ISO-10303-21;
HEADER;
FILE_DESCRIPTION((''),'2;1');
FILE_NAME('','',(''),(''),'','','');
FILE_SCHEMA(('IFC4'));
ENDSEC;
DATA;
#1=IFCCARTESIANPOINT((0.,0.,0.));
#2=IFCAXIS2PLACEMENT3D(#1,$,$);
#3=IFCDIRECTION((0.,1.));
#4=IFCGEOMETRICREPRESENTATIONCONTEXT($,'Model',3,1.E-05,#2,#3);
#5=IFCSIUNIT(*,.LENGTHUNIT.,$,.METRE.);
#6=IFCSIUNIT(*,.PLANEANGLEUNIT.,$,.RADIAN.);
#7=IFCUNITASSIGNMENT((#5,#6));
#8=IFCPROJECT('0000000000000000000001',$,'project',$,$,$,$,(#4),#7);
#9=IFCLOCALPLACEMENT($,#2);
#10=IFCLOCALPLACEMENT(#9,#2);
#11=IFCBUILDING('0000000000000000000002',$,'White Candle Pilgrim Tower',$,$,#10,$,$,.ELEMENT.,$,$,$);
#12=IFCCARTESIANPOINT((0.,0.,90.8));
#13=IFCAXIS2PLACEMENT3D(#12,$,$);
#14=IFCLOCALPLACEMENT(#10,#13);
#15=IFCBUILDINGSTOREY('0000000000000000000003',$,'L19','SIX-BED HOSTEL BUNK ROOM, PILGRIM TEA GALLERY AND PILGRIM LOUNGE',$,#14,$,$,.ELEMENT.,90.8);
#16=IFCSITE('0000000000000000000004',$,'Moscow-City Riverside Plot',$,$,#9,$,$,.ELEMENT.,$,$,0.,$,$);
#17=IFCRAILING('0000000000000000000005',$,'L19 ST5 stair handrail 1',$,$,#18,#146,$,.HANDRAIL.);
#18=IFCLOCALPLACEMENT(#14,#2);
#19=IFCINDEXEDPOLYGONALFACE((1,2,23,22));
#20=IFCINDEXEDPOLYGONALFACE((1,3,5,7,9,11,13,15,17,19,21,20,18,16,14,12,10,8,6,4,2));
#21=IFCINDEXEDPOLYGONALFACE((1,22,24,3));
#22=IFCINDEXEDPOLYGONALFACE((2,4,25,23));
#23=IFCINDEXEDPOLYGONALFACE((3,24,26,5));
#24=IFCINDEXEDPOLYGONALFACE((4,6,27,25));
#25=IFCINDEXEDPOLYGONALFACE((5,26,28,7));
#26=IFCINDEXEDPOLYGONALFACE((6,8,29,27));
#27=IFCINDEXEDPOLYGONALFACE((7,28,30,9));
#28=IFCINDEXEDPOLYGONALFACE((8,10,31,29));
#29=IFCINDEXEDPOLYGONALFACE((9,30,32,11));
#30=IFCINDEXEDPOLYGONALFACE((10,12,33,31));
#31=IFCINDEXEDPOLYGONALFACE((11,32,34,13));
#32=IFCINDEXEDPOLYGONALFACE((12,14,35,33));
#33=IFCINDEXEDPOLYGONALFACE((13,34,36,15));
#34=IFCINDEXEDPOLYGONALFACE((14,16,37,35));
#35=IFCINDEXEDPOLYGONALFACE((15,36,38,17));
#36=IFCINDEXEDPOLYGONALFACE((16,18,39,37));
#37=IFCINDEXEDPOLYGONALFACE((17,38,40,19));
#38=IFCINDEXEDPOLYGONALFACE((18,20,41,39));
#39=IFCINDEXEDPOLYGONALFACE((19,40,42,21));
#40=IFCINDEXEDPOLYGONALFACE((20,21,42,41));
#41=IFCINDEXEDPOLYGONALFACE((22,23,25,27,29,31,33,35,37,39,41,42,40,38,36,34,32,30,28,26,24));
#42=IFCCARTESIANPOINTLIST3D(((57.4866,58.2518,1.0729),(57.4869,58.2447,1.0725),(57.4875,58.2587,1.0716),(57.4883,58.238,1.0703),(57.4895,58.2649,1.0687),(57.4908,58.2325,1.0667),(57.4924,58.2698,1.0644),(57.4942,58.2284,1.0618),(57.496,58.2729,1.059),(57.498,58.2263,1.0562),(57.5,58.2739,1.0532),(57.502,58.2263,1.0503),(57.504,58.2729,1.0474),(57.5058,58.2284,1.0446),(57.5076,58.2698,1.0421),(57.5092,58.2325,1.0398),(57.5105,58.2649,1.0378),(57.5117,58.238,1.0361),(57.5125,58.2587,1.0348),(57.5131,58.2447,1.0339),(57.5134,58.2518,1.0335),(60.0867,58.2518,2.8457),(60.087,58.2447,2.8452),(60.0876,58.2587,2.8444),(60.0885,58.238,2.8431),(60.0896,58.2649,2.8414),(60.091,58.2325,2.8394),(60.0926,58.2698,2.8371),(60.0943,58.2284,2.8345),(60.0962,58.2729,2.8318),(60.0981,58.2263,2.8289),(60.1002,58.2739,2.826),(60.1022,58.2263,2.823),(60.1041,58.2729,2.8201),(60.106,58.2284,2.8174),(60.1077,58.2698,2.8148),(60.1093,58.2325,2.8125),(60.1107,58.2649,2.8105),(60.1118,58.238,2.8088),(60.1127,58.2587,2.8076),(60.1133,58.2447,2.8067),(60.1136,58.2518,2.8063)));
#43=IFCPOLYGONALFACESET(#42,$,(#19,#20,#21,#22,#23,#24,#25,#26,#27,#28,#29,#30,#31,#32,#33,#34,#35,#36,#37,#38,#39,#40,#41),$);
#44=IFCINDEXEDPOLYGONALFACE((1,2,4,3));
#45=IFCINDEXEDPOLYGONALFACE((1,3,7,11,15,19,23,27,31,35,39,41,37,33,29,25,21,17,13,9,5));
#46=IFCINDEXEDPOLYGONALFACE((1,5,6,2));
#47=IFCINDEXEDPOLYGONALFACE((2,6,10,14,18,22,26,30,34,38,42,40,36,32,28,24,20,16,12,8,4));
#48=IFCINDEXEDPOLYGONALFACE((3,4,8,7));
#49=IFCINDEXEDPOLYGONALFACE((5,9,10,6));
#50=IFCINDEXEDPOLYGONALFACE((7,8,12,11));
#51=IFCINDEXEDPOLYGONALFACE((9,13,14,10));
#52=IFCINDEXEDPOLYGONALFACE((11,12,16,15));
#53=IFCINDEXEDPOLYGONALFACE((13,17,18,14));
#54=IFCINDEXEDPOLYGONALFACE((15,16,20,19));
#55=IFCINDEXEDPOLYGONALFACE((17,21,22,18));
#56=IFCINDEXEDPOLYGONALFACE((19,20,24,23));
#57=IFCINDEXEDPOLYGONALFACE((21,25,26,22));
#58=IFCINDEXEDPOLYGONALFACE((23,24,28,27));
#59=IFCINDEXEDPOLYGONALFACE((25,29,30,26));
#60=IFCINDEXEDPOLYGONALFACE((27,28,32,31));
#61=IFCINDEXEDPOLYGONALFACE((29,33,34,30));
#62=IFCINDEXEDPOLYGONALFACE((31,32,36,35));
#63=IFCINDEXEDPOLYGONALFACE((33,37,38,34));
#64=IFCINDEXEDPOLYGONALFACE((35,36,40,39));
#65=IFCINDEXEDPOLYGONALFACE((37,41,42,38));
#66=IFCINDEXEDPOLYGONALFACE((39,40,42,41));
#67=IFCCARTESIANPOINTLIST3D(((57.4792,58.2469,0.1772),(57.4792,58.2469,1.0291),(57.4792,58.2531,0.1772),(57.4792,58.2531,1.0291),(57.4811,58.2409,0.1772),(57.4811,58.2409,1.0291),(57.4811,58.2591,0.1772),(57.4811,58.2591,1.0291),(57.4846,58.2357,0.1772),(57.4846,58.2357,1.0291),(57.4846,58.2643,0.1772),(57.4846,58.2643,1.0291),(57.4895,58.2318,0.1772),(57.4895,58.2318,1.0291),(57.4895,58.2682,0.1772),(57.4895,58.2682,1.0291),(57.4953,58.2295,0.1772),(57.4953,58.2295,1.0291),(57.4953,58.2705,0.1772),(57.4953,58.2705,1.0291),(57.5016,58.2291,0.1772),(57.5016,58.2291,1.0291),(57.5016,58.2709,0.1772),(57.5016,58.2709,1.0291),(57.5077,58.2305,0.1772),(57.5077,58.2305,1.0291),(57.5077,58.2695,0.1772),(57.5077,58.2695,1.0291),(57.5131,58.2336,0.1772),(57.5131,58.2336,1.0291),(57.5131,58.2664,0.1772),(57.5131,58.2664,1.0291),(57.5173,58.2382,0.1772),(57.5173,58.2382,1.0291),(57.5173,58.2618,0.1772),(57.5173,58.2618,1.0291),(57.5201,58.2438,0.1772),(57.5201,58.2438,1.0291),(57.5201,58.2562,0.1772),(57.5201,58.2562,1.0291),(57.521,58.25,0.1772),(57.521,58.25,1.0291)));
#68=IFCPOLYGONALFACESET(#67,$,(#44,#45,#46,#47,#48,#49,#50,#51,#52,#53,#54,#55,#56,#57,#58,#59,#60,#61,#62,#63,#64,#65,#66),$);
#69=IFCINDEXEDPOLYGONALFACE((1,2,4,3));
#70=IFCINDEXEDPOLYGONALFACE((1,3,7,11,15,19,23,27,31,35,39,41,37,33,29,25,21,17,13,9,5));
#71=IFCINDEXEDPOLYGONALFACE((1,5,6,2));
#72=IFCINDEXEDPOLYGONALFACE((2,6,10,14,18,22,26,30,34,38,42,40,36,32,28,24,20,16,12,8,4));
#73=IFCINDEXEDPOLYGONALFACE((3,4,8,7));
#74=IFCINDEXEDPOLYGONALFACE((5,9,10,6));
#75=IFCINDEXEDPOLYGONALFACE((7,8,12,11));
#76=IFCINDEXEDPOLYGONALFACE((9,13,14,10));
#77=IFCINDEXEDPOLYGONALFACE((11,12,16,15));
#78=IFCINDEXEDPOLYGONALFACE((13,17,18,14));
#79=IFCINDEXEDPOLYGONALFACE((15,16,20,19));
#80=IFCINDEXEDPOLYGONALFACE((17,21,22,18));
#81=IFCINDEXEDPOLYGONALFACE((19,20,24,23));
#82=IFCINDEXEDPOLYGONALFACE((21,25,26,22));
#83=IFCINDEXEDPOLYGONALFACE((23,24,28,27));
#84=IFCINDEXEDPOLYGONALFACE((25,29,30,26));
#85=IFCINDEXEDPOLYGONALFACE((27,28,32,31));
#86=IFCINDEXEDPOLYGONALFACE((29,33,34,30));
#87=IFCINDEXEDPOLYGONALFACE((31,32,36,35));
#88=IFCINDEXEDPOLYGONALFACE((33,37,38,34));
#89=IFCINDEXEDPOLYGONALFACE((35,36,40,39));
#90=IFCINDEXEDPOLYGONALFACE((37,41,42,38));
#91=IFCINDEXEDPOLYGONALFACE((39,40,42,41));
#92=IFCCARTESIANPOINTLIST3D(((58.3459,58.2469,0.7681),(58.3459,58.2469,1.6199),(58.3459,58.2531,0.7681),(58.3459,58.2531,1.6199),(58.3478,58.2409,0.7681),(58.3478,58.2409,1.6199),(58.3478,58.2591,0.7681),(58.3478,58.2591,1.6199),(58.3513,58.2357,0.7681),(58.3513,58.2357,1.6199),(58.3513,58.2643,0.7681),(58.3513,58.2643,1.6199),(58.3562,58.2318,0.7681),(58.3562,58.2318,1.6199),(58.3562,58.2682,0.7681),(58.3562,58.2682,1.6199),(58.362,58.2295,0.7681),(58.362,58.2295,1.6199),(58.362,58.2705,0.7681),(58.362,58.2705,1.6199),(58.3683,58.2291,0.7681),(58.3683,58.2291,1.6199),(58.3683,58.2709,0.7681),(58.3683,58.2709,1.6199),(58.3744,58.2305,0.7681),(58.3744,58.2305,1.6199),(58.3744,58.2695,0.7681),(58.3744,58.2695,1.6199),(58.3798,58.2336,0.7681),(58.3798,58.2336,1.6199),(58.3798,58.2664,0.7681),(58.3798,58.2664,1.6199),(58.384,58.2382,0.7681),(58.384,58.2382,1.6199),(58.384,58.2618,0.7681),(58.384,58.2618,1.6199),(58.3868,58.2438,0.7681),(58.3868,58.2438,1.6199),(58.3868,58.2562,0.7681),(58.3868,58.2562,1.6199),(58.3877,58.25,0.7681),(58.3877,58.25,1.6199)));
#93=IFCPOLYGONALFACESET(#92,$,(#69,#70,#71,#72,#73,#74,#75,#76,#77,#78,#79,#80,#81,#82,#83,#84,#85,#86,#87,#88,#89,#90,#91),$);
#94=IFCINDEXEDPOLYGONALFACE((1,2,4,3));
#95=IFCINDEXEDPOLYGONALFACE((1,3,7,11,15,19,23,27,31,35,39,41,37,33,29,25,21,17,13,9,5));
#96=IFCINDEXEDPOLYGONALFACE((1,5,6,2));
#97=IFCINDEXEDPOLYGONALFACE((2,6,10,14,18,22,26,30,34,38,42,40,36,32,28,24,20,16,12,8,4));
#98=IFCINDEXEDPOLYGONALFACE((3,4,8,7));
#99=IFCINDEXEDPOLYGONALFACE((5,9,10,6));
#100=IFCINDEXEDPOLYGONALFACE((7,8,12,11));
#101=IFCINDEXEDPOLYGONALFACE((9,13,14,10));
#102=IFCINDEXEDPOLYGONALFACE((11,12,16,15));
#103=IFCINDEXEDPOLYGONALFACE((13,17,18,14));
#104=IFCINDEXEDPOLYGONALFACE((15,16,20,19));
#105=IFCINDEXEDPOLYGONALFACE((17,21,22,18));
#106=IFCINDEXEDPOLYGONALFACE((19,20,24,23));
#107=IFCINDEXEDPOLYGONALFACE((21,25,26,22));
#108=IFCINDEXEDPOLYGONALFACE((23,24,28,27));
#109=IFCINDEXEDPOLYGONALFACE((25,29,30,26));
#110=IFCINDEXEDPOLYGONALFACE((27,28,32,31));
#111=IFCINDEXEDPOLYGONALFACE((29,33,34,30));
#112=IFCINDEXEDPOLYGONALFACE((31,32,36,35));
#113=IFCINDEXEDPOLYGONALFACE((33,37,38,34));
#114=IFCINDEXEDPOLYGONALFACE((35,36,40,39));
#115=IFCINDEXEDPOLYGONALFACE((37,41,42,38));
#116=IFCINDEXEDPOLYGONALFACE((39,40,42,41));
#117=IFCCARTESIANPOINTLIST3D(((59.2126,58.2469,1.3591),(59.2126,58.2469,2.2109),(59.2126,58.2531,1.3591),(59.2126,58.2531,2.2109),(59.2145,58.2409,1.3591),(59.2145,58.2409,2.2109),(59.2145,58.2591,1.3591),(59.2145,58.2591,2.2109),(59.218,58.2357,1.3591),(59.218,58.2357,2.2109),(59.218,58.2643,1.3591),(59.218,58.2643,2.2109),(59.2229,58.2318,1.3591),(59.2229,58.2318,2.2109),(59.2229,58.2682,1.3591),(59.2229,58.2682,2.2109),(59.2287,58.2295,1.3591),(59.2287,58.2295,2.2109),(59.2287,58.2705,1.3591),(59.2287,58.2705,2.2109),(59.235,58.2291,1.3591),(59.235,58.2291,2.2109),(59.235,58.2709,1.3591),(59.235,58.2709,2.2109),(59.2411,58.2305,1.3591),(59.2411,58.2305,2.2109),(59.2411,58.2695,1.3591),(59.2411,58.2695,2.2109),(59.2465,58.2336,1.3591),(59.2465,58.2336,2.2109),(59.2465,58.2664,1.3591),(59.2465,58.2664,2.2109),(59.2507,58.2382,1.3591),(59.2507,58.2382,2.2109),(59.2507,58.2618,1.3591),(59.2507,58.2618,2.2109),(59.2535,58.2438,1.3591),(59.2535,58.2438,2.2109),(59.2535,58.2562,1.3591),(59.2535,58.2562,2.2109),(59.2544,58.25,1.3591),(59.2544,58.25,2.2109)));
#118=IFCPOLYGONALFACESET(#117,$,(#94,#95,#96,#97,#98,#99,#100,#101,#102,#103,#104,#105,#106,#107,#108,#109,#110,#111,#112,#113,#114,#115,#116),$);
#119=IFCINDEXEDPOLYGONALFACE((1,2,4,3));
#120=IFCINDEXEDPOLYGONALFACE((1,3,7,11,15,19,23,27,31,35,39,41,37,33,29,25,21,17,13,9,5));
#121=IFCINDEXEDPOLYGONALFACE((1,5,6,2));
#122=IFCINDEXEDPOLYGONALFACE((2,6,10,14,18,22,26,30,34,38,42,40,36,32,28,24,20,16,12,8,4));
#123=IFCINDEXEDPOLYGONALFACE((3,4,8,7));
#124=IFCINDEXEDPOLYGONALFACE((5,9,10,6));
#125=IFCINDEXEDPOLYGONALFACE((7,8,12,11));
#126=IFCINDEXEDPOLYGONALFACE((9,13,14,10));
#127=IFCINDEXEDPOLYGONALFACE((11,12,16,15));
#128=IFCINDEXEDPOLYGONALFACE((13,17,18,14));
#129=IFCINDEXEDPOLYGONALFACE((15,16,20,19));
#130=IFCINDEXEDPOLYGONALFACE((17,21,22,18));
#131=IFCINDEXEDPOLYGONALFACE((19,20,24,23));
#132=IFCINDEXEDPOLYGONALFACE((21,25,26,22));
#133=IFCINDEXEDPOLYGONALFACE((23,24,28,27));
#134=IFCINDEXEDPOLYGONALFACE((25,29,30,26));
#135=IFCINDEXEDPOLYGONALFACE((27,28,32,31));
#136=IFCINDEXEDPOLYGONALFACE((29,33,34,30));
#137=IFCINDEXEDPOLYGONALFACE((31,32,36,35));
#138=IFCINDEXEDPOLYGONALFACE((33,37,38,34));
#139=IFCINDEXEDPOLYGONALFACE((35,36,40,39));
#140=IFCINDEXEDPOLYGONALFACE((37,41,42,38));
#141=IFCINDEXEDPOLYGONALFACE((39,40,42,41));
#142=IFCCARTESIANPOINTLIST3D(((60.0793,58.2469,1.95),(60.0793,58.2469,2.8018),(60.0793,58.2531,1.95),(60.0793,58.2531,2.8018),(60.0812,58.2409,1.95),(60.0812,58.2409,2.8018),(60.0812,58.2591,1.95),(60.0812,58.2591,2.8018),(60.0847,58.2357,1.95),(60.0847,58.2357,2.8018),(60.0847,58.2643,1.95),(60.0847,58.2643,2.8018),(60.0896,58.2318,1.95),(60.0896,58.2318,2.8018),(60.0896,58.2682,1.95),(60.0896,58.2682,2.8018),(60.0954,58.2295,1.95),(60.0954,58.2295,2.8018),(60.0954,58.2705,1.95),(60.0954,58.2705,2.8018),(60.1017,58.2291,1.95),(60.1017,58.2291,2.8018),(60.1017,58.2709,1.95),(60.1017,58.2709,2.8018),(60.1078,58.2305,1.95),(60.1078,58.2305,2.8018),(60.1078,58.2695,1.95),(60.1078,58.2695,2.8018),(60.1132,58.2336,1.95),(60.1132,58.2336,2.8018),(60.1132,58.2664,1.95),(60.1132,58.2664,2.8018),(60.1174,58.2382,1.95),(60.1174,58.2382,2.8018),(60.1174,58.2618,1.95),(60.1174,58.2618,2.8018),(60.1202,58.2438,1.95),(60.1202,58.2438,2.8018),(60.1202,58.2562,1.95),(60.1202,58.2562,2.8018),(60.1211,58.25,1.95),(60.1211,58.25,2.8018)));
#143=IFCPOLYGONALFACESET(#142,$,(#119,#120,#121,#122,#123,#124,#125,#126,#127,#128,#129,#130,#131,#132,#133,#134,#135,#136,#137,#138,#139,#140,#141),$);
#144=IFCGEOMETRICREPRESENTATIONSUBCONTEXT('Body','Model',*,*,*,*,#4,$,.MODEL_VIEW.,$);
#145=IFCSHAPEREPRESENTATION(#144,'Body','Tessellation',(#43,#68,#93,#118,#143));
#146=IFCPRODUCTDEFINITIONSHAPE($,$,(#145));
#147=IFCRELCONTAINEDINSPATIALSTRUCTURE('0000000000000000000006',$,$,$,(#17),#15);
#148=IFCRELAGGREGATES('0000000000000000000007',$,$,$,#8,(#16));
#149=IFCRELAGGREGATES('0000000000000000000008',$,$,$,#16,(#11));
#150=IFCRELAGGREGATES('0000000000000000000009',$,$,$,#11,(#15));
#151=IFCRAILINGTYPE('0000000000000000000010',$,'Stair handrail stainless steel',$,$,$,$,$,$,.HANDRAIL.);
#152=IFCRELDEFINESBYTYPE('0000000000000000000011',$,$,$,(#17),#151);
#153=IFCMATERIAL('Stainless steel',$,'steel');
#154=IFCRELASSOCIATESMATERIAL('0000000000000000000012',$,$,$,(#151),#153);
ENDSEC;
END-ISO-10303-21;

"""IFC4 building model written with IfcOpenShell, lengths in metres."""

from ifc_helpers import new_model, si_unit, direction, frame, origin, origin_2d, place, context, subcontext, project, spatial, circle, extrude, material, type_object, element, save


model = new_model("IFC4")

# Units and contexts
model_context = context("Model", 3, precision=1e-05, world=origin(), true_north=direction((0.0, 1.0)))
body_context = subcontext(model_context, "Body", "Model", "MODEL_VIEW")
ifc_project = project(units=[si_unit("LENGTHUNIT", "METRE"), si_unit("PLANEANGLEUNIT", "RADIAN")], contexts=[model_context])

# Site, building, storey
site_placement = place(None, origin())
site = spatial("IfcSite", under=ifc_project, at=site_placement, Name="Moscow-City Riverside Plot", CompositionType="ELEMENT", RefElevation=0.0)
building_placement = place(site_placement, origin())
building = spatial("IfcBuilding", under=site, at=building_placement, Name="White Candle Pilgrim Tower", CompositionType="ELEMENT")
storey_placement = place(building_placement, frame((0.0, 0.0, 90.8)))
storey = spatial("IfcBuildingStorey", under=building, at=storey_placement, Name="L19", Description="SIX-BED HOSTEL BUNK ROOM, PILGRIM TEA GALLERY AND PILGRIM LOUNGE", CompositionType="ELEMENT", Elevation=90.8)

# Railing
ifc_material_1 = material(Name="Stainless steel", Category="steel")
railing_type = type_object("IfcRailingType", Name="Stair handrail stainless steel", PredefinedType="HANDRAIL", material=ifc_material_1)
railing_placement = place(storey_placement, frame((57.5, 58.25, 0.1772)))
element("IfcRailing", 1, at=railing_placement, inside=storey, type_object=railing_type, Name="L19 ST5 stair handrail 1", PredefinedType="HANDRAIL", context=body_context, shape_type="SweptSolid", body=[
    extrude(circle(Radius=0.0239, at=origin_2d()), frame((0.0, 0.0, 0.876), z_axis=(0.82624, 0.0, 0.563318), x_axis=(0.0, 1.0, 0.0)), (0.0, 0.0, 1.0), 3.147),
    extrude(circle(Radius=0.021, at=origin_2d()), origin(), (0.0, 0.0, 1.0), 0.8518),
    extrude(circle(Radius=0.021, at=origin_2d()), frame((0.8667, 0.0, 0.5908)), (0.0, 0.0, 1.0), 0.8518),
    extrude(circle(Radius=0.021, at=origin_2d()), frame((1.7334, 0.0, 1.1819)), (0.0, 0.0, 1.0), 0.8518),
    extrude(circle(Radius=0.021, at=origin_2d()), frame((2.6001, 0.0, 1.7727)), (0.0, 0.0, 1.0), 0.8518),
])

save(model, "model.ifc")
